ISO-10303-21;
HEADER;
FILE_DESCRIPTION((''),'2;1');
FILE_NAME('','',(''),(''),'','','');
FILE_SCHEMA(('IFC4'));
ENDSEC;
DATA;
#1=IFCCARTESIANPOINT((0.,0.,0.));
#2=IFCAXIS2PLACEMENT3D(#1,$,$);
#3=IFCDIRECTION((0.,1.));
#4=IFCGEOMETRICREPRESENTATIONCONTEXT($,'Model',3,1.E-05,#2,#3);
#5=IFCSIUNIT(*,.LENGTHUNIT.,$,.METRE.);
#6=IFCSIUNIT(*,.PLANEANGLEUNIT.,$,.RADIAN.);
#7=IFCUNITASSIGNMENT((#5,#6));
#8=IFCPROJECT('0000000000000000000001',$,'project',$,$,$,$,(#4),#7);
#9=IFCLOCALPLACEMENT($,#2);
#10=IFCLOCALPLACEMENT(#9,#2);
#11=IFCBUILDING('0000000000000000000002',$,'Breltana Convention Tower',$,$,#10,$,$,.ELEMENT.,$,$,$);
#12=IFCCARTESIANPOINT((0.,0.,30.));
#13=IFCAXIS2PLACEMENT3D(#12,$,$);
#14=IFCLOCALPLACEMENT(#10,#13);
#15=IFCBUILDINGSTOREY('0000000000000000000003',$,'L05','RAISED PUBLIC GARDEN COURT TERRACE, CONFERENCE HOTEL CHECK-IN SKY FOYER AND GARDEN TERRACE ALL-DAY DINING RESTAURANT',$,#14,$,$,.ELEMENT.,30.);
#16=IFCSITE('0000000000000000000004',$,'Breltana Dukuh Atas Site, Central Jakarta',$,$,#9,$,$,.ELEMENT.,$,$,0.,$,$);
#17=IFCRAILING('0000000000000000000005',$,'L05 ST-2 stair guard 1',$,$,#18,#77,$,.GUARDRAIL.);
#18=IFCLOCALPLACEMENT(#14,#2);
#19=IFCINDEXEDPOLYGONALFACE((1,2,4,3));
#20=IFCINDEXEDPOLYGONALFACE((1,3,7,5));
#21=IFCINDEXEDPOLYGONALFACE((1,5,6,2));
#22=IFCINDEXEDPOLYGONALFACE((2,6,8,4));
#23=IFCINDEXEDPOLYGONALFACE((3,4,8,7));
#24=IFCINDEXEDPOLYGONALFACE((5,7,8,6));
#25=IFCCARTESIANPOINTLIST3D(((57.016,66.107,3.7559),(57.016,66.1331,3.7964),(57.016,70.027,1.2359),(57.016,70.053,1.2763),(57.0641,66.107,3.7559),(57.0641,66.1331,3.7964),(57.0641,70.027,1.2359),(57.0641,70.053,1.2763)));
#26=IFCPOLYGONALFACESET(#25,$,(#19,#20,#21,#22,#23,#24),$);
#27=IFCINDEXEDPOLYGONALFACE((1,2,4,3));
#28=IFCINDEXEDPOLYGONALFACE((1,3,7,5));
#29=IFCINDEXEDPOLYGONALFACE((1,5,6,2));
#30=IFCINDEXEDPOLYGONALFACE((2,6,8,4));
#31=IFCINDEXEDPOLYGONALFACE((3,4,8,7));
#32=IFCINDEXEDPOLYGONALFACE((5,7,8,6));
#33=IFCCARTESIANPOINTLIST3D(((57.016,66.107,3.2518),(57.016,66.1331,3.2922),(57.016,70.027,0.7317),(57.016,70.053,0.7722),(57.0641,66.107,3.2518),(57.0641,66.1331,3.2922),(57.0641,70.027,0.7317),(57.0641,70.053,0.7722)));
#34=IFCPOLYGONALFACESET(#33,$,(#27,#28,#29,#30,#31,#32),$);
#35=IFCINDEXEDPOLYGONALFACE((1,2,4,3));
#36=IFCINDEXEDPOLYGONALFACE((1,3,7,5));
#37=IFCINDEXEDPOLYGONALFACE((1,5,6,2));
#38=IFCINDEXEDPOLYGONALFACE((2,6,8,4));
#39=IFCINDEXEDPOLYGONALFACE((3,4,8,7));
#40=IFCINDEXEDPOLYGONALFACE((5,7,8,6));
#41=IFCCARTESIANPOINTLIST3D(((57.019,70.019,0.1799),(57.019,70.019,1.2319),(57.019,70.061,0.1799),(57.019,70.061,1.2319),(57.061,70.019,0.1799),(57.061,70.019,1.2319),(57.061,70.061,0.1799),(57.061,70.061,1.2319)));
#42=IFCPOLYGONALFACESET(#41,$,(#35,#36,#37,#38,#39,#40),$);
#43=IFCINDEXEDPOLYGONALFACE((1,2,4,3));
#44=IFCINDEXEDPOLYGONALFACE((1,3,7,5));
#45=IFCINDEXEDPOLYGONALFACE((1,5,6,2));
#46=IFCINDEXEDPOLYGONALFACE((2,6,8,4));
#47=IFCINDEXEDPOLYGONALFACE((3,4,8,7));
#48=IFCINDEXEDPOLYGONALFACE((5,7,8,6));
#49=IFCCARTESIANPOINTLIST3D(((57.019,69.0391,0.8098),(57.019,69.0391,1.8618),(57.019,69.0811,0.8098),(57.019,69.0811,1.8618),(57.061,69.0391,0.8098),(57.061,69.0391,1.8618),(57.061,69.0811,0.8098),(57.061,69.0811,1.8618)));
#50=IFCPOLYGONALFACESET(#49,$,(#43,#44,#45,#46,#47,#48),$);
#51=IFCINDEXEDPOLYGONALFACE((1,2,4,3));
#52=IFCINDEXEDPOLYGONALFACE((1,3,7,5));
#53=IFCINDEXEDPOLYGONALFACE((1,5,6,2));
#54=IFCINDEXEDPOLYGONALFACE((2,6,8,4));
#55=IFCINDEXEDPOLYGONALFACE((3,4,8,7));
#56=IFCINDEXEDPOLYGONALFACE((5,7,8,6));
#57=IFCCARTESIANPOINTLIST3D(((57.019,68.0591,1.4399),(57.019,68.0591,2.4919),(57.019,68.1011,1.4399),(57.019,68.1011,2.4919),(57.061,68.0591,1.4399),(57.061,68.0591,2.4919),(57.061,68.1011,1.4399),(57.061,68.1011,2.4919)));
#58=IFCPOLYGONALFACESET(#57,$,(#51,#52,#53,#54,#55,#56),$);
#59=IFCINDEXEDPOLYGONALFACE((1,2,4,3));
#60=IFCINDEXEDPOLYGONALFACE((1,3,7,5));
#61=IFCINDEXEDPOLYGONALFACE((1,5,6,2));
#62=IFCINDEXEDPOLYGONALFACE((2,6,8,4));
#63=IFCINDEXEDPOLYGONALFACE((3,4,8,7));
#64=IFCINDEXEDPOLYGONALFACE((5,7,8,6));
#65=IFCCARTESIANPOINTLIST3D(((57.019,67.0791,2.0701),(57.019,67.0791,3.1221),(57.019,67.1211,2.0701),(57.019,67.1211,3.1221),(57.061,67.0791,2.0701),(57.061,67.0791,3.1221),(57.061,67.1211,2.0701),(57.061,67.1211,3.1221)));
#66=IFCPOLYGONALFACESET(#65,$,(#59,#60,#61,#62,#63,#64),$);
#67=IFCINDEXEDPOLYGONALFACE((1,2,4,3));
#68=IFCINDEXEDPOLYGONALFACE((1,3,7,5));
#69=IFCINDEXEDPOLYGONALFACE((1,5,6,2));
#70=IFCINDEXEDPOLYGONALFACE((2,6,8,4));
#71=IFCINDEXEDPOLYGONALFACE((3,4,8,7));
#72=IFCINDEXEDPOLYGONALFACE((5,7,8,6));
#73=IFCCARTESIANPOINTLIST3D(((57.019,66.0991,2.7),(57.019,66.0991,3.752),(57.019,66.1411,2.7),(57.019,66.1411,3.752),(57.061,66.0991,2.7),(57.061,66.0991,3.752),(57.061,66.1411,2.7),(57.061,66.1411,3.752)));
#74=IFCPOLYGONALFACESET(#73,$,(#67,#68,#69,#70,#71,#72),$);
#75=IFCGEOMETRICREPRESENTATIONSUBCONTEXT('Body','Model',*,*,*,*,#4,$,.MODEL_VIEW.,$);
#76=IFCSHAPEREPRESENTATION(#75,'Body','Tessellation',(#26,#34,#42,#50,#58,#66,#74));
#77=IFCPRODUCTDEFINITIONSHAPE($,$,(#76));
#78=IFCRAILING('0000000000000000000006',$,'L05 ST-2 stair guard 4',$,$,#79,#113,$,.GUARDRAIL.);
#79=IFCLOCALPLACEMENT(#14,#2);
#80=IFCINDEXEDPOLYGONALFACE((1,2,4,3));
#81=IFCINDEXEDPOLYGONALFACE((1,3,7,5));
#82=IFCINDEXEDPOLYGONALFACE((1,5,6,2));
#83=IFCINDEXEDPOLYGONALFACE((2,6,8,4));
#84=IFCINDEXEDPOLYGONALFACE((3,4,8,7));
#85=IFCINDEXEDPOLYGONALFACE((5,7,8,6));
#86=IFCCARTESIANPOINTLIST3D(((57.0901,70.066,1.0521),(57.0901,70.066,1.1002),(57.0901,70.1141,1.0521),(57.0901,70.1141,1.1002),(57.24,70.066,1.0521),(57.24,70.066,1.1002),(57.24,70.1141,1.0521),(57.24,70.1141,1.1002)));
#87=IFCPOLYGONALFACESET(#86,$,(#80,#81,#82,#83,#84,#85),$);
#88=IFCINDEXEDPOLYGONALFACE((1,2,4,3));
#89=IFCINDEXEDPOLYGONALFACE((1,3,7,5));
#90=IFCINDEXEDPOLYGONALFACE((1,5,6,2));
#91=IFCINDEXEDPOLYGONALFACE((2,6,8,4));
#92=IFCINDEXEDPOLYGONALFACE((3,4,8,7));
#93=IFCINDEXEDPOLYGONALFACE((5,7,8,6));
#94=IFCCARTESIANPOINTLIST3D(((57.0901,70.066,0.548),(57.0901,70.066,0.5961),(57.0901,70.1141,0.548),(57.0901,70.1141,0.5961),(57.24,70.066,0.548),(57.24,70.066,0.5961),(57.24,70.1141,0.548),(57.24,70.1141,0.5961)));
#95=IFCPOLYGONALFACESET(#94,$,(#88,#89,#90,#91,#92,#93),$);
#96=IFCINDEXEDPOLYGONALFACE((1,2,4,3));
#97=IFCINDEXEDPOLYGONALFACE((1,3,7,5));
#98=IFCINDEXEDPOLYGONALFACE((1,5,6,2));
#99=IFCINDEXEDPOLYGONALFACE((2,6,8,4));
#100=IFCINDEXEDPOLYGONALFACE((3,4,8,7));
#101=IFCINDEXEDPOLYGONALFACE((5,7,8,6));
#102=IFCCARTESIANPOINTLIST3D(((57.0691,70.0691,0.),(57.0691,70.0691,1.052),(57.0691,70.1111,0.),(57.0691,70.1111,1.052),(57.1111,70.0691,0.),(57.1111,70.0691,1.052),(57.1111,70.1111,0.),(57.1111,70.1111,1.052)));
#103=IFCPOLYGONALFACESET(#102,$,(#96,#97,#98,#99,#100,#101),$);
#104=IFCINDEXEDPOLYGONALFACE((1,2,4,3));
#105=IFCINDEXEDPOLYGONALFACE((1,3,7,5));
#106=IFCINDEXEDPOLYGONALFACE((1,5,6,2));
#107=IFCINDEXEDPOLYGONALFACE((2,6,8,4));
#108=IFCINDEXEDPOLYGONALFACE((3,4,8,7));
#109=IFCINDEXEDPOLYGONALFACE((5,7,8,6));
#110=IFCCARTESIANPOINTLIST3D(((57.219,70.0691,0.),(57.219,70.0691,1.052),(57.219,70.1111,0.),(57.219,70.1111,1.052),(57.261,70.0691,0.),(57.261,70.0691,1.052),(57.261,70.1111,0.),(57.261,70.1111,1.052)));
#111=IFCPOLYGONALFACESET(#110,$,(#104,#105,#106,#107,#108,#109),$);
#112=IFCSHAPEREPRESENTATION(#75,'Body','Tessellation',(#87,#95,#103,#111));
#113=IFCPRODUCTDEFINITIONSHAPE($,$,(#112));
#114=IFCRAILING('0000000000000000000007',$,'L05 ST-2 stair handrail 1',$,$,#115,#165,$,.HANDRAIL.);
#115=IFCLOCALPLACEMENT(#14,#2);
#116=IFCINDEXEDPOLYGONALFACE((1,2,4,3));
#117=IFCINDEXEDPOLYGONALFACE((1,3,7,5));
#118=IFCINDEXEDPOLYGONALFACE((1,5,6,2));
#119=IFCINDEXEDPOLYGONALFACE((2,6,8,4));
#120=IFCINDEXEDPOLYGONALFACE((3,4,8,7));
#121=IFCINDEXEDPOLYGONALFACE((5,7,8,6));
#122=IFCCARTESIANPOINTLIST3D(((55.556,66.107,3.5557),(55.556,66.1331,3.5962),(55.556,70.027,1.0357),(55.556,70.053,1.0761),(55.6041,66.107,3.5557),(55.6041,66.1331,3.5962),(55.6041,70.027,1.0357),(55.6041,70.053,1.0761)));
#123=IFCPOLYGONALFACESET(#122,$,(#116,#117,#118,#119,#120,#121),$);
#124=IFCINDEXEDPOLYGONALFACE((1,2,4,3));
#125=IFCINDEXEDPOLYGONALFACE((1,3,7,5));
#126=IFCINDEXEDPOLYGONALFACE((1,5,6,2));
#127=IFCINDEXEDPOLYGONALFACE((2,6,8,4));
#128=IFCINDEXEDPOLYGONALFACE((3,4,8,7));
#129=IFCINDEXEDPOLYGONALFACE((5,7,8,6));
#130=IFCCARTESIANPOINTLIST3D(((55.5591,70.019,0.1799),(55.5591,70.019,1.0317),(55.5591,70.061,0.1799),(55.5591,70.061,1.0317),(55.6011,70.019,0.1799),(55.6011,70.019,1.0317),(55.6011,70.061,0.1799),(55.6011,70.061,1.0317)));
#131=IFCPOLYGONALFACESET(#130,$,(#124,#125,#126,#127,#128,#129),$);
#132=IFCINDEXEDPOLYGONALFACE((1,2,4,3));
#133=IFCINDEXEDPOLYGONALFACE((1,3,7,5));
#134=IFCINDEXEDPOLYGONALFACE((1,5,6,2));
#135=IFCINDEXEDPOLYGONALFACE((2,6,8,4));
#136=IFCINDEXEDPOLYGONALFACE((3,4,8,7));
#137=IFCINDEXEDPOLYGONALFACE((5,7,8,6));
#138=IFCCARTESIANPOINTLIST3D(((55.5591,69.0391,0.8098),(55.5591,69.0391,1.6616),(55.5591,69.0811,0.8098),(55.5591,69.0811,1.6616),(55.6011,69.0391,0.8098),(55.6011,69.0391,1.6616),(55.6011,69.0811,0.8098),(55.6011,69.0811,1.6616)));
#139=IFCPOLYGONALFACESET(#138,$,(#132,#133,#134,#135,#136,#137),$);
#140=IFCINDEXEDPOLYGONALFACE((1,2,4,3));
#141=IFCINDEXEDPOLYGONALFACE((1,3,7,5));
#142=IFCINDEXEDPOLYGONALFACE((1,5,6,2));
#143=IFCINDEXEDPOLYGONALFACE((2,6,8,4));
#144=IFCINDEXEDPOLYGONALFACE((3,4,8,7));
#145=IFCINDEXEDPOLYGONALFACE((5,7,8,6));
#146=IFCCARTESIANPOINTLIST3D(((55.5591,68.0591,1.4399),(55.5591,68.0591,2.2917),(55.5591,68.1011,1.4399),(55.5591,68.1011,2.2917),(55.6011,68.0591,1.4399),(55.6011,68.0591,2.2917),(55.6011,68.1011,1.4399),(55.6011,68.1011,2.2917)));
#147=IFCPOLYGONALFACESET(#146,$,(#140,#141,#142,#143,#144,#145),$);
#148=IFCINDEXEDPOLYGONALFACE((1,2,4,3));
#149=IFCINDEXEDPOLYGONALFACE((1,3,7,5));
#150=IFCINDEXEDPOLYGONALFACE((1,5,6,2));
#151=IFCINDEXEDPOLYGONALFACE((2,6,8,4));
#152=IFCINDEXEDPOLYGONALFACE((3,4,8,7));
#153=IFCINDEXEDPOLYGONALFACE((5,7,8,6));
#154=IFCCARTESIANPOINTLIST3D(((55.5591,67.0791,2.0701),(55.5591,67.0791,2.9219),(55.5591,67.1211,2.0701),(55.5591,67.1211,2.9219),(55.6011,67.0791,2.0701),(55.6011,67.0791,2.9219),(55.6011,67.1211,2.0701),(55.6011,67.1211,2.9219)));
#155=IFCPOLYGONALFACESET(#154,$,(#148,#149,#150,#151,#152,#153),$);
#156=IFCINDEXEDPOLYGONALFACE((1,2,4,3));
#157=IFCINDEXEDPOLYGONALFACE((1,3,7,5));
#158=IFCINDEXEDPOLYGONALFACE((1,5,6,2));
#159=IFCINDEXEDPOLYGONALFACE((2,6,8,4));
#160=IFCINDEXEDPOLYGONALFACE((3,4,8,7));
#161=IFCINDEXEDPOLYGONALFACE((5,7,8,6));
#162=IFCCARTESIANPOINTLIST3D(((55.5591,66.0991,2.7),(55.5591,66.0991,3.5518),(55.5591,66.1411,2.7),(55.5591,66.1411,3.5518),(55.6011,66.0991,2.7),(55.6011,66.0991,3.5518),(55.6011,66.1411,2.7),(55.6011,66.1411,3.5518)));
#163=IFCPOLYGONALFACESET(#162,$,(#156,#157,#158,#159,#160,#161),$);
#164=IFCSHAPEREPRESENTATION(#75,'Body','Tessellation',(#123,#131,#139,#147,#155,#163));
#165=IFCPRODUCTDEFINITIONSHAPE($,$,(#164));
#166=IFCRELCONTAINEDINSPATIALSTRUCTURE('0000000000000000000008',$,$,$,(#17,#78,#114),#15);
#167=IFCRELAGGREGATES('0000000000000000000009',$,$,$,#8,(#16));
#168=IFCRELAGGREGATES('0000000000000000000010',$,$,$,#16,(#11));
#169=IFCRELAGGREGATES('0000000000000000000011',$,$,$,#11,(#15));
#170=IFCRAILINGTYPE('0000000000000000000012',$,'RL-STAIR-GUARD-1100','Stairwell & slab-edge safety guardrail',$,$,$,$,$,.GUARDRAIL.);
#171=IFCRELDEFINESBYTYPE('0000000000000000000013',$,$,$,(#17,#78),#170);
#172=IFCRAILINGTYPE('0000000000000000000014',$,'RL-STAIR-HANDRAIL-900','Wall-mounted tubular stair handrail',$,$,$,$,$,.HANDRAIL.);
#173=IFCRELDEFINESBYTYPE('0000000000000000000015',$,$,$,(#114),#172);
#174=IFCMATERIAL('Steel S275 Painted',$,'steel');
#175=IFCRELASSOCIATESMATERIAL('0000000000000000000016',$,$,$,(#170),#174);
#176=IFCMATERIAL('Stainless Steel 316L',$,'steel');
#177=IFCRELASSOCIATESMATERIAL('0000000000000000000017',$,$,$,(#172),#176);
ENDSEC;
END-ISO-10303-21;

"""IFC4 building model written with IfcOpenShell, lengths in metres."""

from ifc_helpers import new_model, si_unit, direction, frame, origin, origin_2d, place, context, subcontext, project, spatial, rectangle, extrude, material, type_object, element, save


model = new_model("IFC4")

# Units and contexts
model_context = context("Model", 3, precision=1e-05, world=origin(), true_north=direction((0.0, 1.0)))
body_context = subcontext(model_context, "Body", "Model", "MODEL_VIEW")
ifc_project = project(units=[si_unit("LENGTHUNIT", "METRE"), si_unit("PLANEANGLEUNIT", "RADIAN")], contexts=[model_context])

# Site, building, storey
site_placement = place(None, origin())
site = spatial("IfcSite", under=ifc_project, at=site_placement, Name="Breltana Dukuh Atas Site, Central Jakarta", CompositionType="ELEMENT", RefElevation=0.0)
building_placement = place(site_placement, origin())
building = spatial("IfcBuilding", under=site, at=building_placement, Name="Breltana Convention Tower", CompositionType="ELEMENT")
storey_placement = place(building_placement, frame((0.0, 0.0, 30.0)))
storey = spatial("IfcBuildingStorey", under=building, at=storey_placement, Name="L05", Description="RAISED PUBLIC GARDEN COURT TERRACE, CONFERENCE HOTEL CHECK-IN SKY FOYER AND GARDEN TERRACE ALL-DAY DINING RESTAURANT", CompositionType="ELEMENT", Elevation=30.0)

# Railings
ifc_material_1 = material(Name="Steel S275 Painted", Category="steel")
railing_type_1 = type_object("IfcRailingType", Name="RL-STAIR-GUARD-1100", Description="Stairwell & slab-edge safety guardrail", PredefinedType="GUARDRAIL", material=ifc_material_1)
railing_1_placement = place(storey_placement, frame((57.04, 70.04, 0.1799)))
element("IfcRailing", 1, at=railing_1_placement, inside=storey, type_object=railing_type_1, Name="L05 ST-2 stair guard 1", PredefinedType="GUARDRAIL", context=body_context, shape_type="SweptSolid", body=[
    extrude(rectangle(XDim=0.0481, YDim=0.0481, at=origin_2d()), frame((0.0, 0.0, 1.0762), z_axis=(0.0, -0.841172, 0.540768), x_axis=(1.0, 0.0, 0.0)), (0.0, 0.0, 1.0), 4.6602),
    extrude(rectangle(XDim=0.0481, YDim=0.0481, at=origin_2d()), frame((0.0, 0.0, 0.572), z_axis=(0.0, -0.841172, 0.540768), x_axis=(1.0, 0.0, 0.0)), (0.0, 0.0, 1.0), 4.6602),
    extrude(rectangle(XDim=0.042, YDim=0.042, at=origin_2d()), origin(), (0.0, 0.0, 1.0), 1.052),
    extrude(rectangle(XDim=0.042, YDim=0.042, at=origin_2d()), frame((0.0, -0.98, 0.6299)), (0.0, 0.0, 1.0), 1.052),
    extrude(rectangle(XDim=0.042, YDim=0.042, at=origin_2d()), frame((0.0, -1.96, 1.26)), (0.0, 0.0, 1.0), 1.052),
    extrude(rectangle(XDim=0.042, YDim=0.042, at=origin_2d()), frame((0.0, -2.9399, 1.8901)), (0.0, 0.0, 1.0), 1.052),
    extrude(rectangle(XDim=0.042, YDim=0.042, at=origin_2d()), frame((0.0, -3.9199, 2.52)), (0.0, 0.0, 1.0), 1.052),
])
railing_2_placement = place(storey_placement, frame((57.0901, 70.0901, 0.0)))
element("IfcRailing", 2, at=railing_2_placement, inside=storey, type_object=railing_type_1, Name="L05 ST-2 stair guard 4", PredefinedType="GUARDRAIL", context=body_context, shape_type="SweptSolid", body=[
    extrude(rectangle(XDim=0.0481, YDim=0.0481, at=origin_2d()), frame((0.0, 0.0, 1.0762), z_axis=(1.0, 0.0, 0.0), x_axis=(0.0, 1.0, 0.0)), (0.0, 0.0, 1.0), 0.1499),
    extrude(rectangle(XDim=0.0481, YDim=0.0481, at=origin_2d()), frame((0.0, 0.0, 0.572), z_axis=(1.0, 0.0, 0.0), x_axis=(0.0, 1.0, 0.0)), (0.0, 0.0, 1.0), 0.1499),
    extrude(rectangle(XDim=0.042, YDim=0.042, at=origin_2d()), origin(), (0.0, 0.0, 1.0), 1.052),
    extrude(rectangle(XDim=0.042, YDim=0.042, at=origin_2d()), frame((0.1499, 0.0, 0.0)), (0.0, 0.0, 1.0), 1.052),
])
ifc_material_2 = material(Name="Stainless Steel 316L", Category="steel")
railing_type_2 = type_object("IfcRailingType", Name="RL-STAIR-HANDRAIL-900", Description="Wall-mounted tubular stair handrail", PredefinedType="HANDRAIL", material=ifc_material_2)
railing_3_placement = place(storey_placement, frame((55.5801, 70.04, 0.1799)))
element("IfcRailing", 3, at=railing_3_placement, inside=storey, type_object=railing_type_2, Name="L05 ST-2 stair handrail 1", PredefinedType="HANDRAIL", context=body_context, shape_type="SweptSolid", body=[
    extrude(rectangle(XDim=0.0481, YDim=0.0481, at=origin_2d()), frame((0.0, 0.0, 0.876), z_axis=(0.0, -0.841172, 0.540768), x_axis=(1.0, 0.0, 0.0)), (0.0, 0.0, 1.0), 4.6602),
    extrude(rectangle(XDim=0.042, YDim=0.042, at=origin_2d()), origin(), (0.0, 0.0, 1.0), 0.8518),
    extrude(rectangle(XDim=0.042, YDim=0.042, at=origin_2d()), frame((0.0, -0.98, 0.6299)), (0.0, 0.0, 1.0), 0.8518),
    extrude(rectangle(XDim=0.042, YDim=0.042, at=origin_2d()), frame((0.0, -1.96, 1.26)), (0.0, 0.0, 1.0), 0.8518),
    extrude(rectangle(XDim=0.042, YDim=0.042, at=origin_2d()), frame((0.0, -2.9399, 1.8901)), (0.0, 0.0, 1.0), 0.8518),
    extrude(rectangle(XDim=0.042, YDim=0.042, at=origin_2d()), frame((0.0, -3.9199, 2.52)), (0.0, 0.0, 1.0), 0.8518),
])

save(model, "model.ifc")
